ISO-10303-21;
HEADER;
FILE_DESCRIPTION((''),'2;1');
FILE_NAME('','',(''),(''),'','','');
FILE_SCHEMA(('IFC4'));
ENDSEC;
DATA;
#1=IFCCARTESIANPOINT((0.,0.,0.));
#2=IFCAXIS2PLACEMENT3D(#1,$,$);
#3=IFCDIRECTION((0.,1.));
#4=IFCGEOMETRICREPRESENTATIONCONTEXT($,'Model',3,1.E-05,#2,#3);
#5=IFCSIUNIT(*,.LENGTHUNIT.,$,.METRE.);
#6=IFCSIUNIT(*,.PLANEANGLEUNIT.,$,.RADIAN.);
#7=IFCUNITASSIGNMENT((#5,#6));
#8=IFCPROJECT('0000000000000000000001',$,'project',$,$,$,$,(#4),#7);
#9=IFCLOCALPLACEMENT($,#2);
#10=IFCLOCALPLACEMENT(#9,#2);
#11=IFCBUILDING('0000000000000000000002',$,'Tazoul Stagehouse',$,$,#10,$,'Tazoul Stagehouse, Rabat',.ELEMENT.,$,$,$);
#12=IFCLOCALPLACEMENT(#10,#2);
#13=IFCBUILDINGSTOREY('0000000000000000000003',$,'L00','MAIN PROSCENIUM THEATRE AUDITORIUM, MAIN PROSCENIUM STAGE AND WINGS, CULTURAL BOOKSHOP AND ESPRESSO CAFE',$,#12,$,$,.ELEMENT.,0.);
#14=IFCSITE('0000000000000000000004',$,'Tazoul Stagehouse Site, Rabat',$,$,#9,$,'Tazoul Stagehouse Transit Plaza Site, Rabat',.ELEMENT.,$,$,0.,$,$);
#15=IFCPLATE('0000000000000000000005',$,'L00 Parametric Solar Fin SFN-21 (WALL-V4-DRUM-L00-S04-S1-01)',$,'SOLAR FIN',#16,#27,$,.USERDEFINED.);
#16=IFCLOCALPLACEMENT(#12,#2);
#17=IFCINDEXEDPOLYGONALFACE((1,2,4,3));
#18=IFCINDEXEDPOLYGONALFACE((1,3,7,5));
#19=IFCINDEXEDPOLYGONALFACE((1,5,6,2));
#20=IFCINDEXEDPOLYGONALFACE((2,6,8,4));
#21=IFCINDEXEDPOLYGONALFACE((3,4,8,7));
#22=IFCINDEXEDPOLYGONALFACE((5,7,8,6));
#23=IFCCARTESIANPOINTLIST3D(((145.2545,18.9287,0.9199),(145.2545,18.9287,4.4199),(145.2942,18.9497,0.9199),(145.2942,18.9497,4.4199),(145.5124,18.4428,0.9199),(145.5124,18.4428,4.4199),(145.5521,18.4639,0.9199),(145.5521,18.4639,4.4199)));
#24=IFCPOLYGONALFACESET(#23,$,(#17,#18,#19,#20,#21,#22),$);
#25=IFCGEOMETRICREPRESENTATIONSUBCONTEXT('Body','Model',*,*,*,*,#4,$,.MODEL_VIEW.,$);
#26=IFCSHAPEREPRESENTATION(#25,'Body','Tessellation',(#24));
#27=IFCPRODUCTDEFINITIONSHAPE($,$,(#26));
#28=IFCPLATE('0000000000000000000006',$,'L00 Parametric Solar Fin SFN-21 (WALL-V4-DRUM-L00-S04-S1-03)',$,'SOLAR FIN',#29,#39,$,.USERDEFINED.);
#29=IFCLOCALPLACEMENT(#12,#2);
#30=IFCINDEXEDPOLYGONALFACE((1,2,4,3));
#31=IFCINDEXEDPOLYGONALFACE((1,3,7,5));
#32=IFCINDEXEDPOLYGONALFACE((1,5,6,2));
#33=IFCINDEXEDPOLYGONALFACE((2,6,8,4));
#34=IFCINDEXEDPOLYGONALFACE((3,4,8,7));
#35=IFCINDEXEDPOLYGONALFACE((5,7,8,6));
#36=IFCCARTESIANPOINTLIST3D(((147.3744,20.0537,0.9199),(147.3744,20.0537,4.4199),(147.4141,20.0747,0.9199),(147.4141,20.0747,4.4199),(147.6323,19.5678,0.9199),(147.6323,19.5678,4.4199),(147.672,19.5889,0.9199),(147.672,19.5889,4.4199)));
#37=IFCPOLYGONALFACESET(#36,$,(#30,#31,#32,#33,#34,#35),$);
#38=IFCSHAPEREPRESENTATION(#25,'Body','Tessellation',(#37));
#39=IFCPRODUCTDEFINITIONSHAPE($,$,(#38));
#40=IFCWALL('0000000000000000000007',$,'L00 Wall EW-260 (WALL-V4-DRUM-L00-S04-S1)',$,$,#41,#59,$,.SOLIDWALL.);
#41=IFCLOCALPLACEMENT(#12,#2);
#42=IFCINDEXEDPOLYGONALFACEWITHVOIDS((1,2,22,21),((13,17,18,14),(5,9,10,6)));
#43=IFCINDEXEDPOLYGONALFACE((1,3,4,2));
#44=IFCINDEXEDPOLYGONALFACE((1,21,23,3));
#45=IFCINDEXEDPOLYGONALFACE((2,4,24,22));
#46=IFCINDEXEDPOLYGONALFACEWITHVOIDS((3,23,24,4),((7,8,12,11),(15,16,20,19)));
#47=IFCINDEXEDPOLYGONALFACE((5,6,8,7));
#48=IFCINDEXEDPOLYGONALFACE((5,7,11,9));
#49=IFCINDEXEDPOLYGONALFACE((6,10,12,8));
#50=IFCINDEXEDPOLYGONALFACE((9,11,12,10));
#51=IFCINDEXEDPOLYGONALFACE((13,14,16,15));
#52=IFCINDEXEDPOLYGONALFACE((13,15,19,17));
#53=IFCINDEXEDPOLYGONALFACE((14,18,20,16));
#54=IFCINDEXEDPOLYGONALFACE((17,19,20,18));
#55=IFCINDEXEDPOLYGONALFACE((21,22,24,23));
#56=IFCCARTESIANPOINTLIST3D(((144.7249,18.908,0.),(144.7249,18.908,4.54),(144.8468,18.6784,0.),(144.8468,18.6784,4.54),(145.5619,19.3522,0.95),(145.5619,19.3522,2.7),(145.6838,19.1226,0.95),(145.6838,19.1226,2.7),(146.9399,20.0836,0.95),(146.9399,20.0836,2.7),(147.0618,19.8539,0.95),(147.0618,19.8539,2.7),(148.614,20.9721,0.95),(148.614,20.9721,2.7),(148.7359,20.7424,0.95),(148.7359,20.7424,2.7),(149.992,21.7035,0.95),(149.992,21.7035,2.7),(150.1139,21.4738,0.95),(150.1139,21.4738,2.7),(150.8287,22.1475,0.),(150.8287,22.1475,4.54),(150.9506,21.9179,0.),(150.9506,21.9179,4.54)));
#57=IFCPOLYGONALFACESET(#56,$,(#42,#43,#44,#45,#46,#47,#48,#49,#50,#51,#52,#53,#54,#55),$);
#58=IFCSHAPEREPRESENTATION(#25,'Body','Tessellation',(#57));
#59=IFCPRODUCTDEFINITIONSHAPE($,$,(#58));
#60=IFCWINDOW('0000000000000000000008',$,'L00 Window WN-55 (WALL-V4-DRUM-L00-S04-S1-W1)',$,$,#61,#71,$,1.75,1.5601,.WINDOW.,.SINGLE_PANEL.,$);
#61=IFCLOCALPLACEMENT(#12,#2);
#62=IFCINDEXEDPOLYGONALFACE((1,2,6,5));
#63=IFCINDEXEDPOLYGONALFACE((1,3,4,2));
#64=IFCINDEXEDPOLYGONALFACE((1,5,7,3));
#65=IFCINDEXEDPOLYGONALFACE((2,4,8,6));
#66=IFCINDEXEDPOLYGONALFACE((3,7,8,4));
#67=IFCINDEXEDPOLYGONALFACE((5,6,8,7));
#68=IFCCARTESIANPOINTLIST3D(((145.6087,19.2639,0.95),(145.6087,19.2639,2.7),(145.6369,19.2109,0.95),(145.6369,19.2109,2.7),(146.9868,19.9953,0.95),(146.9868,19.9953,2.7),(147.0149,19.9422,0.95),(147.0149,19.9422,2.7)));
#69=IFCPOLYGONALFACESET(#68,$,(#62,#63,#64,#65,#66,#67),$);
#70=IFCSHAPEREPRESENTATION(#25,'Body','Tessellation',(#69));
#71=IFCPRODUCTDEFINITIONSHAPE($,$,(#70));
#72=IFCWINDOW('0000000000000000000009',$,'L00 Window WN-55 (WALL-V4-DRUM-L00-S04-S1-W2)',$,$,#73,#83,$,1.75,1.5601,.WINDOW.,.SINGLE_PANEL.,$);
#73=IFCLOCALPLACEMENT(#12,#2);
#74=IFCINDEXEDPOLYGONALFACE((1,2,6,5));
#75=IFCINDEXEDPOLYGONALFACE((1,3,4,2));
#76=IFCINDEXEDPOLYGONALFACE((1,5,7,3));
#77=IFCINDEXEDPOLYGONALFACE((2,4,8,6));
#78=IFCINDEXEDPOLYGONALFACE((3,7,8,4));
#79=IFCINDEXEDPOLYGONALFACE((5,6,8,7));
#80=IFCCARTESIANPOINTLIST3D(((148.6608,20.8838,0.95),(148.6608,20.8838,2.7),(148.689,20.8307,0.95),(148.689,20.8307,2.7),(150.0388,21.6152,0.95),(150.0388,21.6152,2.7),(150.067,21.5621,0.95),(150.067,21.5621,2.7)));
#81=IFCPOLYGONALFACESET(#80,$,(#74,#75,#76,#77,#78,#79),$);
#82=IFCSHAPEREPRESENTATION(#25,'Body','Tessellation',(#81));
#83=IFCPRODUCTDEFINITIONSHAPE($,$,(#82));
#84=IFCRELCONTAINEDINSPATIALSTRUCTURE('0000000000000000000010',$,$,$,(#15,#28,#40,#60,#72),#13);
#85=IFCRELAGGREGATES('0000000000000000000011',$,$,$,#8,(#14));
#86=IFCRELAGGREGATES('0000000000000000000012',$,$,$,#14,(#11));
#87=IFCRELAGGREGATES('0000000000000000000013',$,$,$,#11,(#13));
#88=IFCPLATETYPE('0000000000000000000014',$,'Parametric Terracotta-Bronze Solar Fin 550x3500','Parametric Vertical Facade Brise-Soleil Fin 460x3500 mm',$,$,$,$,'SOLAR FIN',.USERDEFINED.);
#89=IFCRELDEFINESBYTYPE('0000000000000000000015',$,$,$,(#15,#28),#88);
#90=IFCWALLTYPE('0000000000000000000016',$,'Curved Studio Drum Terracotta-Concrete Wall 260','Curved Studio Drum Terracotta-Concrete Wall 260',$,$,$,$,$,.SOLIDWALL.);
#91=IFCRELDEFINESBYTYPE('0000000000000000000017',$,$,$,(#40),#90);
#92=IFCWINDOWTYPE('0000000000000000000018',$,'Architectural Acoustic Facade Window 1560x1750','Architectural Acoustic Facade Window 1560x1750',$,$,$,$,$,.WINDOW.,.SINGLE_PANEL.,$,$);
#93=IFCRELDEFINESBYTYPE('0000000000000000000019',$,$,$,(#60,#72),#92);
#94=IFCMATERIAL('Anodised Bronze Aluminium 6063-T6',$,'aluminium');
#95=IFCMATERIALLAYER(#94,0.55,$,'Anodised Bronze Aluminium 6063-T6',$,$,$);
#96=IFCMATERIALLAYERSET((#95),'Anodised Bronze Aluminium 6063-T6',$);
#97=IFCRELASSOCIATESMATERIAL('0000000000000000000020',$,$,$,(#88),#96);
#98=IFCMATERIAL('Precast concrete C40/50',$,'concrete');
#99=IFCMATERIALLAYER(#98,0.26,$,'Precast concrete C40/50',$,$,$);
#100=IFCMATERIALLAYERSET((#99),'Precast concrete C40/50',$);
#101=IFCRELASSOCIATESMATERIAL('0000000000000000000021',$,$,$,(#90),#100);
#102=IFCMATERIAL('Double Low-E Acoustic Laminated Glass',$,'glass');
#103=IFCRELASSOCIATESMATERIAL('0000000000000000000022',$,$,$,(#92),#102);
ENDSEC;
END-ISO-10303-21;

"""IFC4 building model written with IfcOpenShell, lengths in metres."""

from ifc_helpers import new_model, si_unit, direction, frame, frame_2d, origin, origin_2d, place, context, subcontext, project, spatial, rectangle, extrude, material, layer, layer_set, type_object, element, fill, save


model = new_model("IFC4")

# Units and contexts
model_context = context("Model", 3, precision=1e-05, world=origin(), true_north=direction((0.0, 1.0)))
body_context = subcontext(model_context, "Body", "Model", "MODEL_VIEW")
ifc_project = project(units=[si_unit("LENGTHUNIT", "METRE"), si_unit("PLANEANGLEUNIT", "RADIAN")], contexts=[model_context])

# Site, building, storey
site_placement = place(None, origin())
site = spatial("IfcSite", under=ifc_project, at=site_placement, Name="Tazoul Stagehouse Site, Rabat", LongName="Tazoul Stagehouse Transit Plaza Site, Rabat", CompositionType="ELEMENT", RefElevation=0.0)
building_placement = place(site_placement, origin())
building = spatial("IfcBuilding", under=site, at=building_placement, Name="Tazoul Stagehouse", LongName="Tazoul Stagehouse, Rabat", CompositionType="ELEMENT")
storey_placement = place(building_placement, origin())
storey = spatial("IfcBuildingStorey", under=building, at=storey_placement, Name="L00", Description="MAIN PROSCENIUM THEATRE AUDITORIUM, MAIN PROSCENIUM STAGE AND WINGS, CULTURAL BOOKSHOP AND ESPRESSO CAFE", CompositionType="ELEMENT", Elevation=0.0)

# Plates
ifc_material_1 = material(Name="Anodised Bronze Aluminium 6063-T6", Category="aluminium")
ifc_layer_1 = layer(ifc_material_1, 0.55, Name="Anodised Bronze Aluminium 6063-T6")
ifc_layer_set_1 = layer_set([ifc_layer_1], Name="Anodised Bronze Aluminium 6063-T6")
plate_type = type_object("IfcPlateType", Name="Parametric Terracotta-Bronze Solar Fin 550x3500", Description="Parametric Vertical Facade Brise-Soleil Fin 460x3500 mm", ElementType="SOLAR FIN", PredefinedType="USERDEFINED", material=ifc_layer_set_1)
for number, where, z_axis, x_axis, name in (
    (1, (145.4033, 18.6963, 0.9199), (0.0, 0.0, 1.0), (0.883296, 0.468816, 0.0), "L00 Parametric Solar Fin SFN-21 (WALL-V4-DRUM-L00-S04-S1-01)"),
    (2, (147.5232, 19.8213, 0.9199), (0.0, 0.0, 1.0), (0.883296, 0.468816, 0.0), "L00 Parametric Solar Fin SFN-21 (WALL-V4-DRUM-L00-S04-S1-03)"),
):
    element("IfcPlate", number, at=place(storey_placement, frame(where, z_axis=z_axis, x_axis=x_axis)), inside=storey, type_object=plate_type, Name=name, ObjectType="SOLAR FIN", PredefinedType="USERDEFINED", context=body_context, shape_type="SweptSolid", body=[
        extrude(rectangle(XDim=0.0449, YDim=0.55, at=origin_2d()), origin(), (0.0, 0.0, 1.0), 3.5),
    ])

# Wall, openings, windows
ifc_material_2 = material(Name="Precast concrete C40/50", Category="concrete")
ifc_layer_2 = layer(ifc_material_2, 0.26, Name="Precast concrete C40/50")
ifc_layer_set_2 = layer_set([ifc_layer_2], Name="Precast concrete C40/50")
wall_type = type_object("IfcWallType", Name="Curved Studio Drum Terracotta-Concrete Wall 260", Description="Curved Studio Drum Terracotta-Concrete Wall 260", PredefinedType="SOLIDWALL", material=ifc_layer_set_2)
wall_placement = place(storey_placement, frame((144.7859, 18.7932, 0.0), z_axis=(0.0, 0.0, 1.0), x_axis=(0.883303, 0.468803, 0.0)))
wall = element("IfcWall", 3, at=wall_placement, inside=storey, type_object=wall_type, Name="L00 Wall EW-260 (WALL-V4-DRUM-L00-S04-S1)", PredefinedType="SOLIDWALL", context=body_context, shape_type="SweptSolid", body=[
    extrude(rectangle(XDim=6.9102, YDim=0.26, at=frame_2d((3.4551, 0.0))), origin(), (0.0, 0.0, 1.0), 4.54),
])
opening_1_placement = place(wall_placement, frame((0.9475, 0.0, 0.95)))
opening_1 = element("IfcOpeningElement", 4, at=opening_1_placement, cuts=wall, PredefinedType="OPENING", context=body_context, shape_type="SweptSolid", body=[
    extrude(rectangle(XDim=1.5601, YDim=1.75, at=frame_2d((0.78, 0.875))), frame((0.0, 0.1499, 0.0), z_axis=(0.0, -1.0, 0.0), x_axis=(1.0, 0.0, 0.0)), (0.0, 0.0, 1.0), 0.3),
])
opening_2_placement = place(wall_placement, frame((4.4028, 0.0, 0.95)))
opening_2 = element("IfcOpeningElement", 5, at=opening_2_placement, cuts=wall, PredefinedType="OPENING", context=body_context, shape_type="SweptSolid", body=[
    extrude(rectangle(XDim=1.5601, YDim=1.75, at=frame_2d((0.78, 0.875))), frame((0.0, 0.1499, 0.0), z_axis=(0.0, -1.0, 0.0), x_axis=(1.0, 0.0, 0.0)), (0.0, 0.0, 1.0), 0.3),
])
ifc_material_3 = material(Name="Double Low-E Acoustic Laminated Glass", Category="glass")
window_type = type_object("IfcWindowType", Name="Architectural Acoustic Facade Window 1560x1750", Description="Architectural Acoustic Facade Window 1560x1750", PartitioningType="SINGLE_PANEL", PredefinedType="WINDOW", material=ifc_material_3)
window_1_placement = place(opening_1_placement, origin())
window_1 = element("IfcWindow", 6, at=window_1_placement, inside=storey, type_object=window_type, Name="L00 Window WN-55 (WALL-V4-DRUM-L00-S04-S1-W1)", OverallHeight=1.75, OverallWidth=1.5601, PartitioningType="SINGLE_PANEL", PredefinedType="WINDOW", context=body_context, shape_type="SweptSolid", body=[
    extrude(rectangle(XDim=1.5601, YDim=1.75, at=frame_2d((0.78, 0.875))), frame((0.0, 0.03, 0.0), z_axis=(0.0, -1.0, 0.0), x_axis=(1.0, 0.0, 0.0)), (0.0, 0.0, 1.0), 0.0601),
])
fill(opening_1, window_1)
window_2_placement = place(opening_2_placement, origin())
window_2 = element("IfcWindow", 7, at=window_2_placement, inside=storey, type_object=window_type, Name="L00 Window WN-55 (WALL-V4-DRUM-L00-S04-S1-W2)", OverallHeight=1.75, OverallWidth=1.5601, PartitioningType="SINGLE_PANEL", PredefinedType="WINDOW", context=body_context, shape_type="SweptSolid", body=[
    extrude(rectangle(XDim=1.5601, YDim=1.75, at=frame_2d((0.78, 0.875))), frame((0.0, 0.03, 0.0), z_axis=(0.0, -1.0, 0.0), x_axis=(1.0, 0.0, 0.0)), (0.0, 0.0, 1.0), 0.0601),
])
fill(opening_2, window_2)

save(model, "model.ifc")
